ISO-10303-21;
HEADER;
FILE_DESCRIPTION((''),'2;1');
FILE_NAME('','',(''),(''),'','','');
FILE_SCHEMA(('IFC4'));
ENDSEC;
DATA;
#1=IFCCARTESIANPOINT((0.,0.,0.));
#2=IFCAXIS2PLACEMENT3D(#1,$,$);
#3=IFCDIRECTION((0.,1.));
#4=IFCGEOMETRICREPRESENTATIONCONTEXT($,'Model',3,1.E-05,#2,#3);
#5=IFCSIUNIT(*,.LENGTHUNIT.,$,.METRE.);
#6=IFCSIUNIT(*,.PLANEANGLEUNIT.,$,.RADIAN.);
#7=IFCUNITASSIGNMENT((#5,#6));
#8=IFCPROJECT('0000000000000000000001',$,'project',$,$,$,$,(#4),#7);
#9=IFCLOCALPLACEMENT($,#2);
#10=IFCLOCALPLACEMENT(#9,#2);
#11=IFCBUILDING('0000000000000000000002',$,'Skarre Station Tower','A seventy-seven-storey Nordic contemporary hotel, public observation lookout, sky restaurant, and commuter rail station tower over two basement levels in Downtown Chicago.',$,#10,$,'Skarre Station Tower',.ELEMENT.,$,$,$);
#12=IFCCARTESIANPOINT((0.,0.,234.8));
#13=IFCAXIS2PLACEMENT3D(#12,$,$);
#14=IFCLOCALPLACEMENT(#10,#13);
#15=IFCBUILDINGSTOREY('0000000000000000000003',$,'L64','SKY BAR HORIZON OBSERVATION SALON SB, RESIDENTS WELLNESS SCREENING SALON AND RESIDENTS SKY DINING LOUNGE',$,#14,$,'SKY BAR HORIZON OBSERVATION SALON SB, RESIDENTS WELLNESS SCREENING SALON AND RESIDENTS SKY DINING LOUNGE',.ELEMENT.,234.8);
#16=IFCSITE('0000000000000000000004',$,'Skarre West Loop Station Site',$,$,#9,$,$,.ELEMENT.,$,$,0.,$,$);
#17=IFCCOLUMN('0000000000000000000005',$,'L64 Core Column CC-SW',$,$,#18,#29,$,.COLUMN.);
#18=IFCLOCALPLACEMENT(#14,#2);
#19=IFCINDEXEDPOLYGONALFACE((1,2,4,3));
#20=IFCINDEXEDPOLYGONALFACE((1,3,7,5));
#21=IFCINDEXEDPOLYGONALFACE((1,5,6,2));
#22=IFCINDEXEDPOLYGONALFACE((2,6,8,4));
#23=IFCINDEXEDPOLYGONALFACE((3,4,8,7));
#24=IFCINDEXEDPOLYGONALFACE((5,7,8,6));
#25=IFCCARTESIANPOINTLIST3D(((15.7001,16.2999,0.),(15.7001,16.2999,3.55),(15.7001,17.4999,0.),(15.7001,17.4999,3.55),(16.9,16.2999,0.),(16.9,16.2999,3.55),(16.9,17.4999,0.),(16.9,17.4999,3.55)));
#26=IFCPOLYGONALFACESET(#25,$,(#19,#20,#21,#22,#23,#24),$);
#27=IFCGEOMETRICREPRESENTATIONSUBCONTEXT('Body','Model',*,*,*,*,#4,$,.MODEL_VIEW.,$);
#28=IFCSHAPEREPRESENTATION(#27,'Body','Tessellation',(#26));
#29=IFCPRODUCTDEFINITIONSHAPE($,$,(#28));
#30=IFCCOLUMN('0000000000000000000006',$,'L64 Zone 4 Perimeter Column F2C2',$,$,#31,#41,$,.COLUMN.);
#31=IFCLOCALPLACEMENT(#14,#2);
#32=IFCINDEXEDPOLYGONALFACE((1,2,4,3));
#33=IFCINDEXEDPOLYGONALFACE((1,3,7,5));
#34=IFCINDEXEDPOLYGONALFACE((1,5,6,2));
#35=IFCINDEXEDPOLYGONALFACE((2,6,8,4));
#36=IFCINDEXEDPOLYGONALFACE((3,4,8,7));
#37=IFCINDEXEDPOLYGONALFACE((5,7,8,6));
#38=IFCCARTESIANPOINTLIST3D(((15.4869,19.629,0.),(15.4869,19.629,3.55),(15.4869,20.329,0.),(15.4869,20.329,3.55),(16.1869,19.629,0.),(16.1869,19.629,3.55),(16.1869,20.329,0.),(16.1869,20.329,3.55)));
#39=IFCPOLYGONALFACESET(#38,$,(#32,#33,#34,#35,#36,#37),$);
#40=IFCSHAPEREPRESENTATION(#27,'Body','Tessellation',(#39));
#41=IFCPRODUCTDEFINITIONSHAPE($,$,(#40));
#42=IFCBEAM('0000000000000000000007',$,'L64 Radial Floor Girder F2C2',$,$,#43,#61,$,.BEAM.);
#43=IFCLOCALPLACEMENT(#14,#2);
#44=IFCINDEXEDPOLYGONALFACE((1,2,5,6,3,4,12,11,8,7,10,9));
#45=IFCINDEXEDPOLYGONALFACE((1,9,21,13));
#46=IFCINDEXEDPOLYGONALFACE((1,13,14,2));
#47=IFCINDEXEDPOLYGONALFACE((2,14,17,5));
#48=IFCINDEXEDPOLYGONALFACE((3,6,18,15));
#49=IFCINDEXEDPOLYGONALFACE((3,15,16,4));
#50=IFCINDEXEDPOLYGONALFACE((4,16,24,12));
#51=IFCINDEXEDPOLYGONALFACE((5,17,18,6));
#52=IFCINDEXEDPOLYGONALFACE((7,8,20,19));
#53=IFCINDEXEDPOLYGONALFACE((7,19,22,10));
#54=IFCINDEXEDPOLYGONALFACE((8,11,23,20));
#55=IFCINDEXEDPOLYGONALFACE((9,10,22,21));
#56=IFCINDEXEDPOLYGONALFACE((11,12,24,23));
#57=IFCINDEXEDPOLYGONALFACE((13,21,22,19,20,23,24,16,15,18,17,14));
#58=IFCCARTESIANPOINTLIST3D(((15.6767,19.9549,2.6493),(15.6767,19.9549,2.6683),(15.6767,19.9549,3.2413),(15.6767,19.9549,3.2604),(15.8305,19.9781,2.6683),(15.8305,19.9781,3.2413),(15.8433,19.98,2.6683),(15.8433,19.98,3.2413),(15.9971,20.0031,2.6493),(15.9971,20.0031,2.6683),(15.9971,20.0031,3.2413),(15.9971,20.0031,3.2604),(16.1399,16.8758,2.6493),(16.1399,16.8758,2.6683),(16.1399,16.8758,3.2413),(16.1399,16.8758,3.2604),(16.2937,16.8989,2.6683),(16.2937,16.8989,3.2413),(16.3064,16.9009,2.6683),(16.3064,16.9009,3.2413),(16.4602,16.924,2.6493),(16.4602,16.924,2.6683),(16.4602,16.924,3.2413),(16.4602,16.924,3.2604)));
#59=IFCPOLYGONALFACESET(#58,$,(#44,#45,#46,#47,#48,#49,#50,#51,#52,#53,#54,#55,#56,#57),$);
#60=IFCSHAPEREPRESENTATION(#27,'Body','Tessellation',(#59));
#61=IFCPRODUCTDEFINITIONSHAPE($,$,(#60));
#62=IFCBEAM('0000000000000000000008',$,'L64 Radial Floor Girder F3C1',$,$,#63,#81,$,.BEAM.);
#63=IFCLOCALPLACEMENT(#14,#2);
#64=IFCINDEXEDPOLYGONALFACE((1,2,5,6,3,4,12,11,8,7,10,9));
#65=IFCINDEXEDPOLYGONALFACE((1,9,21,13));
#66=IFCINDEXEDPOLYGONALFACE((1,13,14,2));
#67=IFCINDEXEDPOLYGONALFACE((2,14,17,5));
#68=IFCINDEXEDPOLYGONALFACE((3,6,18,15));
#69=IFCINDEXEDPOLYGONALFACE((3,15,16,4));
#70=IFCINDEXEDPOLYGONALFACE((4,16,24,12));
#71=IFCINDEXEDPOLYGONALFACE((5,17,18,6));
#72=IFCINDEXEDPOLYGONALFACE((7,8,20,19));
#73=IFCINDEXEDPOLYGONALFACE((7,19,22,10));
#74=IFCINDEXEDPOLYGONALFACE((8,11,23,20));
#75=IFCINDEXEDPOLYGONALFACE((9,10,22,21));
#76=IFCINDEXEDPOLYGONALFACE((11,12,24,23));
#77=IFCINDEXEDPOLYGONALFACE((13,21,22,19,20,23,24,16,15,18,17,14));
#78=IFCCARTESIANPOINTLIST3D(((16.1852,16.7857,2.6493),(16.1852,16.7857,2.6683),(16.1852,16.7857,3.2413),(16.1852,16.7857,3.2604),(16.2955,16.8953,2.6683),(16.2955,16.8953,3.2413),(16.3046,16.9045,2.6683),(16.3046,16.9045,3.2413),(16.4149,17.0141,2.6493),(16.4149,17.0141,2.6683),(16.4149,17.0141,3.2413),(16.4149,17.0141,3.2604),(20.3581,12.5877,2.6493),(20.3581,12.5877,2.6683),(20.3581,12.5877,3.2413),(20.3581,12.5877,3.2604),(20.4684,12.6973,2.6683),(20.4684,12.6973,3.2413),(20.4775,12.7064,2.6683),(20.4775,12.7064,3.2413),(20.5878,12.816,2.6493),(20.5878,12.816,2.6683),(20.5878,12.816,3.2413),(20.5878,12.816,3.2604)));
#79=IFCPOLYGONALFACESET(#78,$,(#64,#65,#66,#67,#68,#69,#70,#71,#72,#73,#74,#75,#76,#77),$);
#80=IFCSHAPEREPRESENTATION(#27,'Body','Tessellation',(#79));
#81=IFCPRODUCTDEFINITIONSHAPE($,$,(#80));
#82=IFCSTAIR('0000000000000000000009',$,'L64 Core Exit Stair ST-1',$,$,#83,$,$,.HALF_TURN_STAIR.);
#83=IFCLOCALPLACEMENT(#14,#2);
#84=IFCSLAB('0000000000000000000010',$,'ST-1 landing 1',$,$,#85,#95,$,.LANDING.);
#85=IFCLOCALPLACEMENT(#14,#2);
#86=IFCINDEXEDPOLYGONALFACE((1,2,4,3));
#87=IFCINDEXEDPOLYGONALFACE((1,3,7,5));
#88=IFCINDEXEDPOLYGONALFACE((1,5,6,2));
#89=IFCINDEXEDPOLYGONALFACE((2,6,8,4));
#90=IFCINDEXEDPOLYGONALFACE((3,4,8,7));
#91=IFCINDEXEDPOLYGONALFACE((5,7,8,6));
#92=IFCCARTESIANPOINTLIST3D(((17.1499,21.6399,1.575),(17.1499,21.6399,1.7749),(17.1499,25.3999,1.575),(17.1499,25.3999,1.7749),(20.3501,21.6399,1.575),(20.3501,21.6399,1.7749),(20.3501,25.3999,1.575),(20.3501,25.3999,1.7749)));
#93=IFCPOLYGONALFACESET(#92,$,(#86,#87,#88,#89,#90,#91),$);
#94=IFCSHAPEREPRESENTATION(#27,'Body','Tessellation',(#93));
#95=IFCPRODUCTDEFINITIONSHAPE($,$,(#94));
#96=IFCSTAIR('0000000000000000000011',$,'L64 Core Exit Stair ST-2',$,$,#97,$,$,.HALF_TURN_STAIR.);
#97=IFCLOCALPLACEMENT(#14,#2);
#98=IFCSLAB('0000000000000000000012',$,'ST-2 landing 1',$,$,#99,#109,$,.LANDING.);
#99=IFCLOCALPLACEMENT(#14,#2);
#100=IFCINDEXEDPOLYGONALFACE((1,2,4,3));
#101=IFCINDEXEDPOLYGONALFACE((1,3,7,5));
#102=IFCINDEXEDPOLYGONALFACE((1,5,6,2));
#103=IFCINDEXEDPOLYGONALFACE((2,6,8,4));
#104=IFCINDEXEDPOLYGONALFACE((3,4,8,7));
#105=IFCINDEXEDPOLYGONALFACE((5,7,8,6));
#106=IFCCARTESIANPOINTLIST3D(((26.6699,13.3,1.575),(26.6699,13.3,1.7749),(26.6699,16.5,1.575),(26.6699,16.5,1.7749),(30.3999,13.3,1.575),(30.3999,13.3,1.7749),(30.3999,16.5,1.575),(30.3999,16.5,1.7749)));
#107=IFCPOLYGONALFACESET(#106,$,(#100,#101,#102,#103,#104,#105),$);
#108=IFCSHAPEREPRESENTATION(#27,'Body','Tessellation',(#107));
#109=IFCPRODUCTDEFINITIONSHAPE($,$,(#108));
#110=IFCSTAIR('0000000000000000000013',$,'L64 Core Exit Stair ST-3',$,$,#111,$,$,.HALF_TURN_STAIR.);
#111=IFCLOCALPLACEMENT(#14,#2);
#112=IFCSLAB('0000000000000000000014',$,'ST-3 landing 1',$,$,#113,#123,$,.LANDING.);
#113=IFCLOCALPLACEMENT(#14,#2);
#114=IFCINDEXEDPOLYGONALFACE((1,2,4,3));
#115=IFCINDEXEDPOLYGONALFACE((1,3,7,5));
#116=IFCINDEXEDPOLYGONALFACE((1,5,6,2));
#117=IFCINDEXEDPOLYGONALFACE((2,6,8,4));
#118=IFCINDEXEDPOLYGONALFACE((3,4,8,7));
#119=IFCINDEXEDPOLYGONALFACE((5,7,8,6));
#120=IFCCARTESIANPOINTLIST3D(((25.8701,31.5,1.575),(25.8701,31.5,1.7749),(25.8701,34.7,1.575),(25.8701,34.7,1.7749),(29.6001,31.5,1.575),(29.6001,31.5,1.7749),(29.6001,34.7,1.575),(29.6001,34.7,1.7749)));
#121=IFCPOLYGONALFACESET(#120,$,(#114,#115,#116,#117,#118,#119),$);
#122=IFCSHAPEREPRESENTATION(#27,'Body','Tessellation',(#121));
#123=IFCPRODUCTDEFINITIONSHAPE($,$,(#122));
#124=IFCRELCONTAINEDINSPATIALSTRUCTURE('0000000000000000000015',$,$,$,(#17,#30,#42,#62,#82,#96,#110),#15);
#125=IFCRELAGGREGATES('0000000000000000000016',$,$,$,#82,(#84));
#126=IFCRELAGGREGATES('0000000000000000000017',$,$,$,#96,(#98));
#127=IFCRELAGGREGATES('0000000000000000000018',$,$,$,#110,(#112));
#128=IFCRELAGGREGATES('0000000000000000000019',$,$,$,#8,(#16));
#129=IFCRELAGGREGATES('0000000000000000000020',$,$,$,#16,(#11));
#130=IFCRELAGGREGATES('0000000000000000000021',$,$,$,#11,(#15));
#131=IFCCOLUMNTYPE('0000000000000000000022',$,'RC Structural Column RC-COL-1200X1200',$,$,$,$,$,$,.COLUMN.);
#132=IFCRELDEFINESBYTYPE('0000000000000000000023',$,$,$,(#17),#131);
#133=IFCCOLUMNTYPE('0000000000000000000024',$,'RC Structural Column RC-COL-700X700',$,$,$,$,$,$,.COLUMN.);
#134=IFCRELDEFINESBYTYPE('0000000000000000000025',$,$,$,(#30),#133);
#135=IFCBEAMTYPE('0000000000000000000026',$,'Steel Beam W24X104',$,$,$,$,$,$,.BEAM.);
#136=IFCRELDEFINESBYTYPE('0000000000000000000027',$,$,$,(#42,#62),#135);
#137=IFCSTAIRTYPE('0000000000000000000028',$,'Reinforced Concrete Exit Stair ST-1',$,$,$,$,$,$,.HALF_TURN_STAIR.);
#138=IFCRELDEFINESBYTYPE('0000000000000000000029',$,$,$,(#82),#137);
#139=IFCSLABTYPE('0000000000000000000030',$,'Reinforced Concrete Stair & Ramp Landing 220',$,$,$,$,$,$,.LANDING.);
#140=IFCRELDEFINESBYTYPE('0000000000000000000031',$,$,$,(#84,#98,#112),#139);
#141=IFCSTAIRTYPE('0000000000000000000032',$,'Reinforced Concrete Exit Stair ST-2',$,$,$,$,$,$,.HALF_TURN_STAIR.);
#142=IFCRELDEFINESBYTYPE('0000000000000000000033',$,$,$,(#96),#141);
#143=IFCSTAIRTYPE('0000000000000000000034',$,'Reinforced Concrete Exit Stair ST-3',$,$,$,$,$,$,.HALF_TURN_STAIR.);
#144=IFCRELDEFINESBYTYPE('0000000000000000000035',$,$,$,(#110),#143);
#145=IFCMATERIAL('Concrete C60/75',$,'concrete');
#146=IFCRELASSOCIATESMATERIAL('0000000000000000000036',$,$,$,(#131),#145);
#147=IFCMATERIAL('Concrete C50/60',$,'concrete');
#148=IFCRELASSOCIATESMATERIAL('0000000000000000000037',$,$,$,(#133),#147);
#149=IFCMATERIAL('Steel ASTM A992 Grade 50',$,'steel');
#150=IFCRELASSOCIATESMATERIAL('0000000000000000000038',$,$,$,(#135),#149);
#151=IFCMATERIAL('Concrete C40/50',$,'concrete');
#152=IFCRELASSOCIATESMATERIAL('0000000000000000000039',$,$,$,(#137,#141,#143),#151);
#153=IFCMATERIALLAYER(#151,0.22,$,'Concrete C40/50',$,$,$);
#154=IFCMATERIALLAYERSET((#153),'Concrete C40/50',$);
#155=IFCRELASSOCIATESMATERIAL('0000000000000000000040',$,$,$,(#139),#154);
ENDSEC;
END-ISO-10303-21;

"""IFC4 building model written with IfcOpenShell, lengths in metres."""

from ifc_helpers import new_model, si_unit, direction, frame, origin, origin_2d, place, context, subcontext, project, spatial, polyline, rectangle, i_section, outline, extrude, material, layer, layer_set, material_profile, profile_set, type_object, element, aggregate, save


model = new_model("IFC4")

# Units and contexts
model_context = context("Model", 3, precision=1e-05, world=origin(), true_north=direction((0.0, 1.0)))
body_context = subcontext(model_context, "Body", "Model", "MODEL_VIEW")
ifc_project = project(units=[si_unit("LENGTHUNIT", "METRE"), si_unit("PLANEANGLEUNIT", "RADIAN")], contexts=[model_context])

# Site, building, storey
site_placement = place(None, origin())
site = spatial("IfcSite", under=ifc_project, at=site_placement, Name="Skarre West Loop Station Site", CompositionType="ELEMENT", RefElevation=0.0)
building_placement = place(site_placement, origin())
building = spatial("IfcBuilding", under=site, at=building_placement, Name="Skarre Station Tower", Description="A seventy-seven-storey Nordic contemporary hotel, public observation lookout, sky restaurant, and commuter rail station tower over two basement levels in Downtown Chicago.", LongName="Skarre Station Tower", CompositionType="ELEMENT")
storey_placement = place(building_placement, frame((0.0, 0.0, 234.8)))
storey = spatial("IfcBuildingStorey", under=building, at=storey_placement, Name="L64", Description="SKY BAR HORIZON OBSERVATION SALON SB, RESIDENTS WELLNESS SCREENING SALON AND RESIDENTS SKY DINING LOUNGE", LongName="SKY BAR HORIZON OBSERVATION SALON SB, RESIDENTS WELLNESS SCREENING SALON AND RESIDENTS SKY DINING LOUNGE", CompositionType="ELEMENT", Elevation=234.8)

# Columns
ifc_material_1 = material(Name="Concrete C60/75", Category="concrete")
ifc_material_profile_1 = material_profile(ifc_material_1, rectangle(XDim=1.2, YDim=1.2, at=origin_2d()), Name="Concrete C60/75")
ifc_profile_set_1 = profile_set([ifc_material_profile_1], Name="Concrete C60/75")
column_type_1 = type_object("IfcColumnType", Name="RC Structural Column RC-COL-1200X1200", PredefinedType="COLUMN", material=ifc_profile_set_1)
column_1_placement = place(storey_placement, frame((16.3, 16.8999, 0.0), z_axis=(0.0, 0.0, 1.0), x_axis=(1.0, 0.0, 0.0)))
element("IfcColumn", 1, at=column_1_placement, inside=storey, type_object=column_type_1, Name="L64 Core Column CC-SW", PredefinedType="COLUMN", context=body_context, shape_type="SweptSolid", body=[
    extrude(rectangle(XDim=1.2, YDim=1.2, at=origin_2d()), origin(), (0.0, 0.0, 1.0), 3.55),
])
ifc_material_2 = material(Name="Concrete C50/60", Category="concrete")
ifc_material_profile_2 = material_profile(ifc_material_2, rectangle(XDim=0.7, YDim=0.7, at=origin_2d()), Name="Concrete C50/60")
ifc_profile_set_2 = profile_set([ifc_material_profile_2], Name="Concrete C50/60")
column_type_2 = type_object("IfcColumnType", Name="RC Structural Column RC-COL-700X700", PredefinedType="COLUMN", material=ifc_profile_set_2)
column_2_placement = place(storey_placement, frame((15.8369, 19.979, 0.0), z_axis=(0.0, 0.0, 1.0), x_axis=(1.0, 0.0, 0.0)))
element("IfcColumn", 2, at=column_2_placement, inside=storey, type_object=column_type_2, Name="L64 Zone 4 Perimeter Column F2C2", PredefinedType="COLUMN", context=body_context, shape_type="SweptSolid", body=[
    extrude(rectangle(XDim=0.7, YDim=0.7, at=origin_2d()), origin(), (0.0, 0.0, 1.0), 3.55),
])

# Beams
ifc_material_3 = material(Name="Steel ASTM A992 Grade 50", Category="steel")
ifc_material_profile_3 = material_profile(ifc_material_3, i_section(OverallWidth=0.324, OverallDepth=0.6111, WebThickness=0.0129, FlangeThickness=0.019, at=origin_2d()), Name="Steel ASTM A992 Grade 50")
ifc_profile_set_3 = profile_set([ifc_material_profile_3], Name="Steel ASTM A992 Grade 50")
beam_type = type_object("IfcBeamType", Name="Steel Beam W24X104", PredefinedType="BEAM", material=ifc_profile_set_3)
beam_1_placement = place(storey_placement, frame((16.3, 16.8999, 2.9548), z_axis=(-0.148739, 0.988876, 0.0), x_axis=(-0.988876, -0.148739, 0.0)))
element("IfcBeam", 3, at=beam_1_placement, inside=storey, type_object=beam_type, Name="L64 Radial Floor Girder F2C2", PredefinedType="BEAM", context=body_context, shape_type="SweptSolid", body=[
    extrude(i_section(OverallWidth=0.324, OverallDepth=0.6111, WebThickness=0.0129, FlangeThickness=0.019, at=origin_2d()), origin(), (0.0, 0.0, 1.0), 3.1138),
])
beam_2_placement = place(storey_placement, frame((16.3, 16.8999, 2.9548), z_axis=(0.704979, -0.709228, 0.0), x_axis=(0.709228, 0.704979, 0.0)))
element("IfcBeam", 4, at=beam_2_placement, inside=storey, type_object=beam_type, Name="L64 Radial Floor Girder F3C1", PredefinedType="BEAM", context=body_context, shape_type="SweptSolid", body=[
    extrude(i_section(OverallWidth=0.324, OverallDepth=0.6111, WebThickness=0.0129, FlangeThickness=0.019, at=origin_2d()), origin(), (0.0, 0.0, 1.0), 5.9192),
])

# Stairs, slabs
ifc_material_4 = material(Name="Concrete C40/50", Category="concrete")
stair_type_1 = type_object("IfcStairType", Name="Reinforced Concrete Exit Stair ST-1", PredefinedType="HALF_TURN_STAIR", material=ifc_material_4)
stair_1_placement = place(storey_placement, origin())
stair_1 = element("IfcStair", 5, at=stair_1_placement, inside=storey, type_object=stair_type_1, Name="L64 Core Exit Stair ST-1", PredefinedType="HALF_TURN_STAIR")
ifc_layer_1 = layer(ifc_material_4, 0.22, Name="Concrete C40/50")
ifc_layer_set_1 = layer_set([ifc_layer_1], Name="Concrete C40/50")
slab_type_1 = type_object("IfcSlabType", Name="Reinforced Concrete Stair & Ramp Landing 220", PredefinedType="LANDING", material=ifc_layer_set_1)
slab_1_placement = place(storey_placement, frame((0.0, 0.0, 1.575)))
slab_1 = element("IfcSlab", 6, at=slab_1_placement, type_object=slab_type_1, Name="ST-1 landing 1", PredefinedType="LANDING", context=body_context, shape_type="SweptSolid", body=[
    extrude(outline(polyline([(20.3501, 21.6399), (20.3501, 25.3999), (17.1499, 25.3999), (17.1499, 21.6399), (20.3501, 21.6399)])), origin(), (0.0, 0.0, 1.0), 0.2),
])
aggregate(stair_1, [slab_1])
stair_type_2 = type_object("IfcStairType", Name="Reinforced Concrete Exit Stair ST-2", PredefinedType="HALF_TURN_STAIR", material=ifc_material_4)
stair_2_placement = place(storey_placement, origin())
stair_2 = element("IfcStair", 7, at=stair_2_placement, inside=storey, type_object=stair_type_2, Name="L64 Core Exit Stair ST-2", PredefinedType="HALF_TURN_STAIR")
slab_2_placement = place(storey_placement, frame((0.0, 0.0, 1.575)))
slab_2 = element("IfcSlab", 8, at=slab_2_placement, type_object=slab_type_1, Name="ST-2 landing 1", PredefinedType="LANDING", context=body_context, shape_type="SweptSolid", body=[
    extrude(outline(polyline([(26.6699, 13.3), (30.3999, 13.3), (30.3999, 16.5), (26.6699, 16.5), (26.6699, 13.3)])), origin(), (0.0, 0.0, 1.0), 0.2),
])
aggregate(stair_2, [slab_2])
stair_type_3 = type_object("IfcStairType", Name="Reinforced Concrete Exit Stair ST-3", PredefinedType="HALF_TURN_STAIR", material=ifc_material_4)
stair_3_placement = place(storey_placement, origin())
stair_3 = element("IfcStair", 9, at=stair_3_placement, inside=storey, type_object=stair_type_3, Name="L64 Core Exit Stair ST-3", PredefinedType="HALF_TURN_STAIR")
slab_3_placement = place(storey_placement, frame((0.0, 0.0, 1.575)))
slab_3 = element("IfcSlab", 10, at=slab_3_placement, type_object=slab_type_1, Name="ST-3 landing 1", PredefinedType="LANDING", context=body_context, shape_type="SweptSolid", body=[
    extrude(outline(polyline([(25.8701, 31.5), (29.6001, 31.5), (29.6001, 34.7), (25.8701, 34.7), (25.8701, 31.5)])), origin(), (0.0, 0.0, 1.0), 0.2),
])
aggregate(stair_3, [slab_3])

save(model, "model.ifc")
